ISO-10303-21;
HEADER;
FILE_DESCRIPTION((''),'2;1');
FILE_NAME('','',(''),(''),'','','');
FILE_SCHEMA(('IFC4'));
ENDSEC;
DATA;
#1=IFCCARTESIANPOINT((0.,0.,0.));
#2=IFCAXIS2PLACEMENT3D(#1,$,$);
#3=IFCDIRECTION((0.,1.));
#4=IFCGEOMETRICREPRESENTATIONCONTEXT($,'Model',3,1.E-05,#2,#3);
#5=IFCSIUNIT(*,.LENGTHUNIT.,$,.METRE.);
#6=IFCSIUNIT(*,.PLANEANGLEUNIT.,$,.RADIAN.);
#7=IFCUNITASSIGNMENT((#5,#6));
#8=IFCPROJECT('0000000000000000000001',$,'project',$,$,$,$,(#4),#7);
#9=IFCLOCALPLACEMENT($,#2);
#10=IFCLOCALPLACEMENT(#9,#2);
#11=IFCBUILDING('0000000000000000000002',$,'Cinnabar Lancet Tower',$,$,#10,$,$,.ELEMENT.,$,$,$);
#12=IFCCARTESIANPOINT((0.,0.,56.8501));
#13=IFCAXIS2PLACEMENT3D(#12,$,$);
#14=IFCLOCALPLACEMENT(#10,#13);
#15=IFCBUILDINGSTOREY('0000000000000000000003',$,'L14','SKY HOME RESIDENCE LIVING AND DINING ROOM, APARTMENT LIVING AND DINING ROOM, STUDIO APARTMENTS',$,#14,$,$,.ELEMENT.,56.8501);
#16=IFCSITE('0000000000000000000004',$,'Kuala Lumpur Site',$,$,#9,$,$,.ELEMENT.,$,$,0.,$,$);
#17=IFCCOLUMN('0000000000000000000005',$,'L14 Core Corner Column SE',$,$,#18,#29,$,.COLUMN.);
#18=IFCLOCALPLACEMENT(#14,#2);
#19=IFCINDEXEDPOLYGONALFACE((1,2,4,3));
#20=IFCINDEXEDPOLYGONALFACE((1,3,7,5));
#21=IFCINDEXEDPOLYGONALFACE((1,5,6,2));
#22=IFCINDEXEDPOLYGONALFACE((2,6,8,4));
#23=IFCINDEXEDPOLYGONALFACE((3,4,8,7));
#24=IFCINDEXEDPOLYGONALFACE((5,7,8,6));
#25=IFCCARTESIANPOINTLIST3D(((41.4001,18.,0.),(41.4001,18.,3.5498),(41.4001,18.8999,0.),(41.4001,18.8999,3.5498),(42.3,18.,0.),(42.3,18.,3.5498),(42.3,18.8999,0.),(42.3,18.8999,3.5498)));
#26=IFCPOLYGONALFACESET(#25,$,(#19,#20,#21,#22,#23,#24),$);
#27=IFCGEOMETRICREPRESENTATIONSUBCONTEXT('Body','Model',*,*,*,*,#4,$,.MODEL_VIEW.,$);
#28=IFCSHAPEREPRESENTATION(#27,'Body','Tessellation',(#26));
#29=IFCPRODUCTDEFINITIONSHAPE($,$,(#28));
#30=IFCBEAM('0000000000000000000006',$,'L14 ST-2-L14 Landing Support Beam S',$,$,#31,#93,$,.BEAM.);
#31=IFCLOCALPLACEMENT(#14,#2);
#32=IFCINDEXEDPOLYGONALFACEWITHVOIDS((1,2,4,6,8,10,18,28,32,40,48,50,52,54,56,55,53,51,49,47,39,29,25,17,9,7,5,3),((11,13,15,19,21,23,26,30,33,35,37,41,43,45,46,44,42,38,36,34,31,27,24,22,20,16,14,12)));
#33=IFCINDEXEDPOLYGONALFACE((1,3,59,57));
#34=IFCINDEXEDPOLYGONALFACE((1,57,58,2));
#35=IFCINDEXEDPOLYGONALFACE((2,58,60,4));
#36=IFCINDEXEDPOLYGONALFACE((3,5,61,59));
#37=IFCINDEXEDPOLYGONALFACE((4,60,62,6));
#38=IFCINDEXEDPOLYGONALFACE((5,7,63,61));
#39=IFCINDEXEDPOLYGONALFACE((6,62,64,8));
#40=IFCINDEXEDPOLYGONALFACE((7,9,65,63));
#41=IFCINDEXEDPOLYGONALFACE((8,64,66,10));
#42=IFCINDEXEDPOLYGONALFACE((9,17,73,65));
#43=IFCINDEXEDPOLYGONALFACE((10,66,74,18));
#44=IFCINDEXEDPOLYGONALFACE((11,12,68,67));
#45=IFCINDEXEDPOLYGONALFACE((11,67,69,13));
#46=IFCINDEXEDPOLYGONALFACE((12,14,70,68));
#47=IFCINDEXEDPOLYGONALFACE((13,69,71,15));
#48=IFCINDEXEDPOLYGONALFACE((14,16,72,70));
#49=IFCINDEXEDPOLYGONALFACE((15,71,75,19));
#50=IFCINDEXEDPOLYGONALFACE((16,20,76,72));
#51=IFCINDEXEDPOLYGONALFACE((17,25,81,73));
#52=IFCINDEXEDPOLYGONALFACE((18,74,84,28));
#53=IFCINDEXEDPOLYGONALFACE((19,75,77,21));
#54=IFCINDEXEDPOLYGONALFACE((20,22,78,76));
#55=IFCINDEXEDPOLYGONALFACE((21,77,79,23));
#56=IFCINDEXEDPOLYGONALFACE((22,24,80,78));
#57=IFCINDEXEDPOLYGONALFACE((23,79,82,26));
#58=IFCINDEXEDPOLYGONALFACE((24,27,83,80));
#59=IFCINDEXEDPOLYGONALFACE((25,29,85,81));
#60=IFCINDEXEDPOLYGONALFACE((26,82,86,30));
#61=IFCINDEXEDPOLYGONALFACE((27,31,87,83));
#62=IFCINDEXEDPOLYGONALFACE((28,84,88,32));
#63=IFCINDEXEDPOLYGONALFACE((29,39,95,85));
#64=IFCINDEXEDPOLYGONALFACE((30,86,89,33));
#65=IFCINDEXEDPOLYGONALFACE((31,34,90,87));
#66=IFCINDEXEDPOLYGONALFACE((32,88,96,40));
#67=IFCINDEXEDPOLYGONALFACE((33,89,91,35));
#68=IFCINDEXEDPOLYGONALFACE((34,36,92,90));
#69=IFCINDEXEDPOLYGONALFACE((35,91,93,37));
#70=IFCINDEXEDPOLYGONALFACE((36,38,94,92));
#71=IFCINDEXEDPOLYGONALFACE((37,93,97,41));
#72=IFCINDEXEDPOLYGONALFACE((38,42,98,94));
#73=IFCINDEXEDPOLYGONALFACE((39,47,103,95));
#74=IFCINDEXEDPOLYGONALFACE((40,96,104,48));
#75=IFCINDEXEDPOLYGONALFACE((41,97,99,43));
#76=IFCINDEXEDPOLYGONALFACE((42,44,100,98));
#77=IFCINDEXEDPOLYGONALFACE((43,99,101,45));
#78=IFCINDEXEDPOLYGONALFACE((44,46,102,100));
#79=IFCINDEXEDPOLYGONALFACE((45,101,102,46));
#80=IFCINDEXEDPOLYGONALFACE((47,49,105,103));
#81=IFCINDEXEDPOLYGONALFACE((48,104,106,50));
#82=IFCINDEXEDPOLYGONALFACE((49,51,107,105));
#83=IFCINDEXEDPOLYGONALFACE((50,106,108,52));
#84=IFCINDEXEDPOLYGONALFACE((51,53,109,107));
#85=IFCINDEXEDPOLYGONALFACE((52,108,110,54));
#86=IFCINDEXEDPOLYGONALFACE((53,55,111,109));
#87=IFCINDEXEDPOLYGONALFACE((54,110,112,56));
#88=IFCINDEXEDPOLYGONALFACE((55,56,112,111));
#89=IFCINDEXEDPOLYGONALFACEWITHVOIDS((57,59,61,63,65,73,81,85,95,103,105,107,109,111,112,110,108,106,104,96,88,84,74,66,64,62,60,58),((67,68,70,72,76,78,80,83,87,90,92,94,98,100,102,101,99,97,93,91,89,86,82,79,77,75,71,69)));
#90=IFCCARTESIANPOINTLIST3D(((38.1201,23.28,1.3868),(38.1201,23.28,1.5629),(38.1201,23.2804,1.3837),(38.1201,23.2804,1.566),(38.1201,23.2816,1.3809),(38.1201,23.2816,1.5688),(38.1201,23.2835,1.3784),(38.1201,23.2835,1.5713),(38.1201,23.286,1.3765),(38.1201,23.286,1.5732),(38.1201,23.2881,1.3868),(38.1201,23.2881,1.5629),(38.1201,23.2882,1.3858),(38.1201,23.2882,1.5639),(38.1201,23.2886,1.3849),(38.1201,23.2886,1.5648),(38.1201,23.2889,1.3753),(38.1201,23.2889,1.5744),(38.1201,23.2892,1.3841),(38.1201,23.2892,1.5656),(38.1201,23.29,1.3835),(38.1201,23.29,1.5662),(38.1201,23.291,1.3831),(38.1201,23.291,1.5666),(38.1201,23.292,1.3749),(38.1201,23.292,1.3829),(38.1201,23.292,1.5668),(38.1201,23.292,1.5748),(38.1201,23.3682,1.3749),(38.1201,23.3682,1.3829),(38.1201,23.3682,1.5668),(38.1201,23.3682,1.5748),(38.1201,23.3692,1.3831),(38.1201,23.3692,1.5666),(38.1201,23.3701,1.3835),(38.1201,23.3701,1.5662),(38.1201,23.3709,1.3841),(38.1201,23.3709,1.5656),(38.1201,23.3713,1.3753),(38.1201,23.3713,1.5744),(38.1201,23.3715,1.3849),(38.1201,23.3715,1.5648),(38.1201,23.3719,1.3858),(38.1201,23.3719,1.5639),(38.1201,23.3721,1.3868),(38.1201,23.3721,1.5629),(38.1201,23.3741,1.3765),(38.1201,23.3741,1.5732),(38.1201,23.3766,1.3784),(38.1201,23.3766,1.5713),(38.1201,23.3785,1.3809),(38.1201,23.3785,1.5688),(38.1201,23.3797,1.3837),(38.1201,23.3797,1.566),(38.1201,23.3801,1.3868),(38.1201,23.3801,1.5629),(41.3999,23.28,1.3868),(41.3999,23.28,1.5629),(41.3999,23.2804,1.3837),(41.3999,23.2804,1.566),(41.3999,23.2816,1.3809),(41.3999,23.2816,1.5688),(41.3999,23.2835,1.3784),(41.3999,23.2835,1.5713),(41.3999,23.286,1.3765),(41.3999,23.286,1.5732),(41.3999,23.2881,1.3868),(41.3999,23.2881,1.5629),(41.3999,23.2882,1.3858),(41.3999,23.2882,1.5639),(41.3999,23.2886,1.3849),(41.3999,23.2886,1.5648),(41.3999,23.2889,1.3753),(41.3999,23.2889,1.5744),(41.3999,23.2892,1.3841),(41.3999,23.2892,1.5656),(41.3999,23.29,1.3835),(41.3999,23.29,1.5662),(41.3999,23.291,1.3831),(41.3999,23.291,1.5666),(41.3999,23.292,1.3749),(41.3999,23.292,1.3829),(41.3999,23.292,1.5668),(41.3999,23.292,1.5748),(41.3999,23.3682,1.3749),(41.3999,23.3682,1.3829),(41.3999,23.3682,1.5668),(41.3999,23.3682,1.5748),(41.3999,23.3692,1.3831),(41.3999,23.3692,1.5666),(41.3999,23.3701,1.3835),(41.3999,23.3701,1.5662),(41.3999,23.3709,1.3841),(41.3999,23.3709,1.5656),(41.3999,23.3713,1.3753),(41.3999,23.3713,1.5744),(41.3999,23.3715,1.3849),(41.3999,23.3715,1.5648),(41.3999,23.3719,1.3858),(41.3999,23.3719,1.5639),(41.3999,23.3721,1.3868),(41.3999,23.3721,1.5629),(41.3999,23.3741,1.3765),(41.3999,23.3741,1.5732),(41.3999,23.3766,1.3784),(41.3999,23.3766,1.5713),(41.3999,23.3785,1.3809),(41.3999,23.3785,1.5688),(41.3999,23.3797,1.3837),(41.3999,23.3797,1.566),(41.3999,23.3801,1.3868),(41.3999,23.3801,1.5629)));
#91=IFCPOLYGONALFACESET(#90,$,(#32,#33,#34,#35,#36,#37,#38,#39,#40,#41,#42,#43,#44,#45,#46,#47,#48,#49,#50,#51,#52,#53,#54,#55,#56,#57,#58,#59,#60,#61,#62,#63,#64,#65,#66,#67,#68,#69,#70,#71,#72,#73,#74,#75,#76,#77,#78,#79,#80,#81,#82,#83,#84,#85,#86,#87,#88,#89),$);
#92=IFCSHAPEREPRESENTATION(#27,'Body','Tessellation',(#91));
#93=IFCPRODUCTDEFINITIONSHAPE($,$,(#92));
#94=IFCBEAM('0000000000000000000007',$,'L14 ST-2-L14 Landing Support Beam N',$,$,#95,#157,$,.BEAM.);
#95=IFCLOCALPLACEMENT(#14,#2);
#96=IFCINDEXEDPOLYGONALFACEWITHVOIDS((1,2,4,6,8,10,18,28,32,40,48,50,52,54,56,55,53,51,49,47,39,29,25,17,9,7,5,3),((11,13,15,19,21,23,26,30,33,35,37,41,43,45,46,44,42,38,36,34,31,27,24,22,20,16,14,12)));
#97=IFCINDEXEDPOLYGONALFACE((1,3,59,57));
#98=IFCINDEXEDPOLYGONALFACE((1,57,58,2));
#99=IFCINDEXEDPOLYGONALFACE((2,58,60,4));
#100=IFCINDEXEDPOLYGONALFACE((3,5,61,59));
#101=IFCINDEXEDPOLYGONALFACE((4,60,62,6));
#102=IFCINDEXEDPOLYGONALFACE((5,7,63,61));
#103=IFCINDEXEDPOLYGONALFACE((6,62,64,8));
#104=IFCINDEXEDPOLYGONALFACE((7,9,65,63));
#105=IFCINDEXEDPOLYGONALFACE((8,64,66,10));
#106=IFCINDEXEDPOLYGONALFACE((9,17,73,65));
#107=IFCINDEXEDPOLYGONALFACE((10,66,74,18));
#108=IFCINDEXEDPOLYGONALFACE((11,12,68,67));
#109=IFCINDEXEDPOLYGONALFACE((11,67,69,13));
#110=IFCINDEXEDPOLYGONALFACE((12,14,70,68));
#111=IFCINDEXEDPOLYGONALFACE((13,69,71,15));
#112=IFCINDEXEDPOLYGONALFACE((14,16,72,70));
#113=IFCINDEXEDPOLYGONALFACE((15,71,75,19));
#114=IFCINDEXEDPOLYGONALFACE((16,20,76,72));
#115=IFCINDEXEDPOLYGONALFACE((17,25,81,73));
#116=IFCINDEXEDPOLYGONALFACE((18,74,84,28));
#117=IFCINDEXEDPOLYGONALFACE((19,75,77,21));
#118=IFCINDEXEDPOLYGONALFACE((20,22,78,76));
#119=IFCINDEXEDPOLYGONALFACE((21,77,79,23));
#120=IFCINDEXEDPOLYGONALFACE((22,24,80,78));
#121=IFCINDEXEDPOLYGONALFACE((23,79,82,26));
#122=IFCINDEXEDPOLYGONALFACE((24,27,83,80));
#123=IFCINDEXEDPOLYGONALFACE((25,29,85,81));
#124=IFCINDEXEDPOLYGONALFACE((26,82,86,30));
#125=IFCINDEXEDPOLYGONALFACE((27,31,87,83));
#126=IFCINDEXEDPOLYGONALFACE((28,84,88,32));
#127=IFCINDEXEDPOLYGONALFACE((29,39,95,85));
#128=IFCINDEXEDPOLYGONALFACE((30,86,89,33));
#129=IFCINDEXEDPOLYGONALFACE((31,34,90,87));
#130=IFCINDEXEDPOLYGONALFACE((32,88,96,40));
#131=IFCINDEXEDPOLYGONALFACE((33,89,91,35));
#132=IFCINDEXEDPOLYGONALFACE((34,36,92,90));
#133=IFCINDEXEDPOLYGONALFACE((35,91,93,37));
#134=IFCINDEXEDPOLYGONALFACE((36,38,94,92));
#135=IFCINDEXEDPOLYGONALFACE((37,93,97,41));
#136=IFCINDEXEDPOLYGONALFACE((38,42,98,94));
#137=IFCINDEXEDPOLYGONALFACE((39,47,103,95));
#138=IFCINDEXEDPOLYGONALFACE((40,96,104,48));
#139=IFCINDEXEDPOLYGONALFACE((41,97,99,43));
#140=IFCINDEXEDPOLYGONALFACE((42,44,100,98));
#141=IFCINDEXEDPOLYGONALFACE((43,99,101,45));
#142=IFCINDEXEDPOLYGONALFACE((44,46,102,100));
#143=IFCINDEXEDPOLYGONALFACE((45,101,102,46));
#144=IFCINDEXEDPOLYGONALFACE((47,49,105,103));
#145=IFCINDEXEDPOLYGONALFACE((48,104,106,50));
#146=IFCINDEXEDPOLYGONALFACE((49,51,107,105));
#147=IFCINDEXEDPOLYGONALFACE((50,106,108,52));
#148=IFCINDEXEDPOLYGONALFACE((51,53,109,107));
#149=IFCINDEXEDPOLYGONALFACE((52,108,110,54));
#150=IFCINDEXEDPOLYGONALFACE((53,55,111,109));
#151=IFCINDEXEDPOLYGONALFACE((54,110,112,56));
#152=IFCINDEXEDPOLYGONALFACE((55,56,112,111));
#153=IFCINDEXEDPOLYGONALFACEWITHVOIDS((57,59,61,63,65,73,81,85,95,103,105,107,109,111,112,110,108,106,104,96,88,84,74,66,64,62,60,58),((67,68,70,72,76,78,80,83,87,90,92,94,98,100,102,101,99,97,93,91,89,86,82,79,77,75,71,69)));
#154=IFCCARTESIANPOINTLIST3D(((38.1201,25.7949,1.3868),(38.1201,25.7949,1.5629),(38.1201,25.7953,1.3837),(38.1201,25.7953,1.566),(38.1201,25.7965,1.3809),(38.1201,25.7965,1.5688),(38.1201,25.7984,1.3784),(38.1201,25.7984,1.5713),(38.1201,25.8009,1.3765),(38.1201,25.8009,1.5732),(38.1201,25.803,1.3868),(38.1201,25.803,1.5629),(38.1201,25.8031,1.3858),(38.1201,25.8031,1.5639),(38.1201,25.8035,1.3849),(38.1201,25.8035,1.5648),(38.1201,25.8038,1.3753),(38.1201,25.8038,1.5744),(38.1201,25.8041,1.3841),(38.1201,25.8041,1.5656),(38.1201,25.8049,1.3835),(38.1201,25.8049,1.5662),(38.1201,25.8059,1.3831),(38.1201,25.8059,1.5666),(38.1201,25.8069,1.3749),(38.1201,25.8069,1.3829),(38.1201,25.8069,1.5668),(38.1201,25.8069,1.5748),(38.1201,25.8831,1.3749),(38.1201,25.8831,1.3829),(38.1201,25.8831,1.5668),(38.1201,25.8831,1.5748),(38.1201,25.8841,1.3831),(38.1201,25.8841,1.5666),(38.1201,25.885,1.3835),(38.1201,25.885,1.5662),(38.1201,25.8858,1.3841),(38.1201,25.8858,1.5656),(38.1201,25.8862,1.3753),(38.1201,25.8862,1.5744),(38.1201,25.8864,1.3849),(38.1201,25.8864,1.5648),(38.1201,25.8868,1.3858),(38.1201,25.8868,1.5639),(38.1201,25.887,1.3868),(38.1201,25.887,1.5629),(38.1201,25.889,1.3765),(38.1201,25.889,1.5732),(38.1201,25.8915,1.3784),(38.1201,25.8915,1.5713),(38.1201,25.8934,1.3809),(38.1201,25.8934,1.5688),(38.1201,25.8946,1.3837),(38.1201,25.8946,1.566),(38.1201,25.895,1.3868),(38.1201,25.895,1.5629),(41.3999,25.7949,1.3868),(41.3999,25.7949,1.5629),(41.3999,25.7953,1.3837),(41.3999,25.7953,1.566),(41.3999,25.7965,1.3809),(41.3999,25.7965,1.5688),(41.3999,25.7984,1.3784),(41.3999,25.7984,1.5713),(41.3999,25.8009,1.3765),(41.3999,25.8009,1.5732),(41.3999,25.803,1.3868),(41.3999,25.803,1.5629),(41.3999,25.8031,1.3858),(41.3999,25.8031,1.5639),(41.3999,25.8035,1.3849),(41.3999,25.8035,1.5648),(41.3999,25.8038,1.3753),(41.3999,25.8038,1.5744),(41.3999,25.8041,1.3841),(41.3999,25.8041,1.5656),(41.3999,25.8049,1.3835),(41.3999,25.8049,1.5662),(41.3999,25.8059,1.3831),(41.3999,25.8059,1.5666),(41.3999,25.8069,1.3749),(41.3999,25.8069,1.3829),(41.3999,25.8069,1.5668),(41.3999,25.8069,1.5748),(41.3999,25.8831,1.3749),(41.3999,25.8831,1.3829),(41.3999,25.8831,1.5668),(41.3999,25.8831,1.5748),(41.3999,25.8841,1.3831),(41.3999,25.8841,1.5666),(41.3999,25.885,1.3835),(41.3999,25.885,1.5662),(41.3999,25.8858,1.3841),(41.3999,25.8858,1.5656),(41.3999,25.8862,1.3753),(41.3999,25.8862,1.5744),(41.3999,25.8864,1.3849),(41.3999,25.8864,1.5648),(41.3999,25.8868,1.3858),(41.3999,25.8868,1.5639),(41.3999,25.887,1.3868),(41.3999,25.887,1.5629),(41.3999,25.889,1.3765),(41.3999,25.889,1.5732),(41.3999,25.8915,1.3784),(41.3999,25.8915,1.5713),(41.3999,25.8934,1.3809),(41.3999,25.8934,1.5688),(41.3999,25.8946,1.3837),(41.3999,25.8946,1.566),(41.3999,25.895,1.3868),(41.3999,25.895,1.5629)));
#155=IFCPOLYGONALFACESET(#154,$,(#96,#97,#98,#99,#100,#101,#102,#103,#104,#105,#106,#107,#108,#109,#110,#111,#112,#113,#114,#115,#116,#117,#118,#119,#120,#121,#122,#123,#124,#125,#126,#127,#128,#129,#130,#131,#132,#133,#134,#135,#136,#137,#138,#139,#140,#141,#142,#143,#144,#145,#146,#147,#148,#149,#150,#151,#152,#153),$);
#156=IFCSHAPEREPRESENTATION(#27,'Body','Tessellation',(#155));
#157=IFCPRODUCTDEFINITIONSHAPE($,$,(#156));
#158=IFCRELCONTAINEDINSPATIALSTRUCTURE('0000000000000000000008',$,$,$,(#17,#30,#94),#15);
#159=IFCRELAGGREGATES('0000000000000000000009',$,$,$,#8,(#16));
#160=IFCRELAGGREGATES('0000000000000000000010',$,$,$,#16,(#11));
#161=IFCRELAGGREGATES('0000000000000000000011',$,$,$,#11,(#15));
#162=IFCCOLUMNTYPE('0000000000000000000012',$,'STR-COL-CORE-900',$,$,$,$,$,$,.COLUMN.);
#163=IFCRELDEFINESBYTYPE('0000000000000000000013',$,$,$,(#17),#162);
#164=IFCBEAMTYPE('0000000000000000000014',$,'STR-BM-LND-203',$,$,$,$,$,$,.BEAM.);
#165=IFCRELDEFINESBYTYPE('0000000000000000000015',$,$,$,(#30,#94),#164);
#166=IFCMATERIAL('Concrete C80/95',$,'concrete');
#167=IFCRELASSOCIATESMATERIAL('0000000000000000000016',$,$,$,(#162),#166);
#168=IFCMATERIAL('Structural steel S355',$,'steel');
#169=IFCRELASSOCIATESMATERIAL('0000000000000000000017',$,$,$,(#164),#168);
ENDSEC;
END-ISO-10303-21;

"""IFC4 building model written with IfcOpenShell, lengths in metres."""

from ifc_helpers import new_model, si_unit, direction, frame, origin, origin_2d, place, context, subcontext, project, spatial, rectangle, hollow_rectangle, extrude, material, material_profile, profile_set, type_object, element, save


model = new_model("IFC4")

# Units and contexts
model_context = context("Model", 3, precision=1e-05, world=origin(), true_north=direction((0.0, 1.0)))
body_context = subcontext(model_context, "Body", "Model", "MODEL_VIEW")
ifc_project = project(units=[si_unit("LENGTHUNIT", "METRE"), si_unit("PLANEANGLEUNIT", "RADIAN")], contexts=[model_context])

# Site, building, storey
site_placement = place(None, origin())
site = spatial("IfcSite", under=ifc_project, at=site_placement, Name="Kuala Lumpur Site", CompositionType="ELEMENT", RefElevation=0.0)
building_placement = place(site_placement, origin())
building = spatial("IfcBuilding", under=site, at=building_placement, Name="Cinnabar Lancet Tower", CompositionType="ELEMENT")
storey_placement = place(building_placement, frame((0.0, 0.0, 56.8501)))
storey = spatial("IfcBuildingStorey", under=building, at=storey_placement, Name="L14", Description="SKY HOME RESIDENCE LIVING AND DINING ROOM, APARTMENT LIVING AND DINING ROOM, STUDIO APARTMENTS", CompositionType="ELEMENT", Elevation=56.8501)

# Column
ifc_material_1 = material(Name="Concrete C80/95", Category="concrete")
ifc_material_profile_1 = material_profile(ifc_material_1, rectangle(XDim=0.8999, YDim=0.8999, at=origin_2d()), Name="RC-COL 900x900")
ifc_profile_set_1 = profile_set([ifc_material_profile_1], Name="Concrete C80/95")
column_type = type_object("IfcColumnType", Name="STR-COL-CORE-900", PredefinedType="COLUMN", material=ifc_profile_set_1)
column_placement = place(storey_placement, frame((41.8501, 18.45, 0.0), z_axis=(0.0, 0.0, 1.0), x_axis=(1.0, 0.0, 0.0)))
element("IfcColumn", 1, at=column_placement, inside=storey, type_object=column_type, Name="L14 Core Corner Column SE", PredefinedType="COLUMN", context=body_context, shape_type="SweptSolid", body=[
    extrude(rectangle(XDim=0.8999, YDim=0.8999, at=origin_2d()), origin(), (0.0, 0.0, 1.0), 3.5498),
])

# Beams
ifc_material_2 = material(Name="Structural steel S355", Category="steel")
ifc_material_profile_2 = material_profile(ifc_material_2, hollow_rectangle(XDim=0.1001, YDim=0.2, WallThickness=0.0081, InnerFilletRadius=0.0039, OuterFilletRadius=0.012, at=origin_2d()), Name="RHS 200x100x8")
ifc_profile_set_2 = profile_set([ifc_material_profile_2], Name="Structural steel S355")
beam_type = type_object("IfcBeamType", Name="STR-BM-LND-203", PredefinedType="BEAM", material=ifc_profile_set_2)
for number, where, z_axis, x_axis, name in (
    (2, (38.1201, 23.3301, 1.4749), (1.0, 0.0, 0.0), (0.0, 1.0, 0.0), "L14 ST-2-L14 Landing Support Beam S"),
    (3, (38.1201, 25.845, 1.4749), (1.0, 0.0, 0.0), (0.0, 1.0, 0.0), "L14 ST-2-L14 Landing Support Beam N"),
):
    element("IfcBeam", number, at=place(storey_placement, frame(where, z_axis=z_axis, x_axis=x_axis)), inside=storey, type_object=beam_type, Name=name, PredefinedType="BEAM", context=body_context, shape_type="SweptSolid", body=[
        extrude(hollow_rectangle(XDim=0.1001, YDim=0.2, WallThickness=0.0081, InnerFilletRadius=0.0039, OuterFilletRadius=0.012, at=origin_2d()), origin(), (0.0, 0.0, 1.0), 3.2798),
    ])

save(model, "model.ifc")
